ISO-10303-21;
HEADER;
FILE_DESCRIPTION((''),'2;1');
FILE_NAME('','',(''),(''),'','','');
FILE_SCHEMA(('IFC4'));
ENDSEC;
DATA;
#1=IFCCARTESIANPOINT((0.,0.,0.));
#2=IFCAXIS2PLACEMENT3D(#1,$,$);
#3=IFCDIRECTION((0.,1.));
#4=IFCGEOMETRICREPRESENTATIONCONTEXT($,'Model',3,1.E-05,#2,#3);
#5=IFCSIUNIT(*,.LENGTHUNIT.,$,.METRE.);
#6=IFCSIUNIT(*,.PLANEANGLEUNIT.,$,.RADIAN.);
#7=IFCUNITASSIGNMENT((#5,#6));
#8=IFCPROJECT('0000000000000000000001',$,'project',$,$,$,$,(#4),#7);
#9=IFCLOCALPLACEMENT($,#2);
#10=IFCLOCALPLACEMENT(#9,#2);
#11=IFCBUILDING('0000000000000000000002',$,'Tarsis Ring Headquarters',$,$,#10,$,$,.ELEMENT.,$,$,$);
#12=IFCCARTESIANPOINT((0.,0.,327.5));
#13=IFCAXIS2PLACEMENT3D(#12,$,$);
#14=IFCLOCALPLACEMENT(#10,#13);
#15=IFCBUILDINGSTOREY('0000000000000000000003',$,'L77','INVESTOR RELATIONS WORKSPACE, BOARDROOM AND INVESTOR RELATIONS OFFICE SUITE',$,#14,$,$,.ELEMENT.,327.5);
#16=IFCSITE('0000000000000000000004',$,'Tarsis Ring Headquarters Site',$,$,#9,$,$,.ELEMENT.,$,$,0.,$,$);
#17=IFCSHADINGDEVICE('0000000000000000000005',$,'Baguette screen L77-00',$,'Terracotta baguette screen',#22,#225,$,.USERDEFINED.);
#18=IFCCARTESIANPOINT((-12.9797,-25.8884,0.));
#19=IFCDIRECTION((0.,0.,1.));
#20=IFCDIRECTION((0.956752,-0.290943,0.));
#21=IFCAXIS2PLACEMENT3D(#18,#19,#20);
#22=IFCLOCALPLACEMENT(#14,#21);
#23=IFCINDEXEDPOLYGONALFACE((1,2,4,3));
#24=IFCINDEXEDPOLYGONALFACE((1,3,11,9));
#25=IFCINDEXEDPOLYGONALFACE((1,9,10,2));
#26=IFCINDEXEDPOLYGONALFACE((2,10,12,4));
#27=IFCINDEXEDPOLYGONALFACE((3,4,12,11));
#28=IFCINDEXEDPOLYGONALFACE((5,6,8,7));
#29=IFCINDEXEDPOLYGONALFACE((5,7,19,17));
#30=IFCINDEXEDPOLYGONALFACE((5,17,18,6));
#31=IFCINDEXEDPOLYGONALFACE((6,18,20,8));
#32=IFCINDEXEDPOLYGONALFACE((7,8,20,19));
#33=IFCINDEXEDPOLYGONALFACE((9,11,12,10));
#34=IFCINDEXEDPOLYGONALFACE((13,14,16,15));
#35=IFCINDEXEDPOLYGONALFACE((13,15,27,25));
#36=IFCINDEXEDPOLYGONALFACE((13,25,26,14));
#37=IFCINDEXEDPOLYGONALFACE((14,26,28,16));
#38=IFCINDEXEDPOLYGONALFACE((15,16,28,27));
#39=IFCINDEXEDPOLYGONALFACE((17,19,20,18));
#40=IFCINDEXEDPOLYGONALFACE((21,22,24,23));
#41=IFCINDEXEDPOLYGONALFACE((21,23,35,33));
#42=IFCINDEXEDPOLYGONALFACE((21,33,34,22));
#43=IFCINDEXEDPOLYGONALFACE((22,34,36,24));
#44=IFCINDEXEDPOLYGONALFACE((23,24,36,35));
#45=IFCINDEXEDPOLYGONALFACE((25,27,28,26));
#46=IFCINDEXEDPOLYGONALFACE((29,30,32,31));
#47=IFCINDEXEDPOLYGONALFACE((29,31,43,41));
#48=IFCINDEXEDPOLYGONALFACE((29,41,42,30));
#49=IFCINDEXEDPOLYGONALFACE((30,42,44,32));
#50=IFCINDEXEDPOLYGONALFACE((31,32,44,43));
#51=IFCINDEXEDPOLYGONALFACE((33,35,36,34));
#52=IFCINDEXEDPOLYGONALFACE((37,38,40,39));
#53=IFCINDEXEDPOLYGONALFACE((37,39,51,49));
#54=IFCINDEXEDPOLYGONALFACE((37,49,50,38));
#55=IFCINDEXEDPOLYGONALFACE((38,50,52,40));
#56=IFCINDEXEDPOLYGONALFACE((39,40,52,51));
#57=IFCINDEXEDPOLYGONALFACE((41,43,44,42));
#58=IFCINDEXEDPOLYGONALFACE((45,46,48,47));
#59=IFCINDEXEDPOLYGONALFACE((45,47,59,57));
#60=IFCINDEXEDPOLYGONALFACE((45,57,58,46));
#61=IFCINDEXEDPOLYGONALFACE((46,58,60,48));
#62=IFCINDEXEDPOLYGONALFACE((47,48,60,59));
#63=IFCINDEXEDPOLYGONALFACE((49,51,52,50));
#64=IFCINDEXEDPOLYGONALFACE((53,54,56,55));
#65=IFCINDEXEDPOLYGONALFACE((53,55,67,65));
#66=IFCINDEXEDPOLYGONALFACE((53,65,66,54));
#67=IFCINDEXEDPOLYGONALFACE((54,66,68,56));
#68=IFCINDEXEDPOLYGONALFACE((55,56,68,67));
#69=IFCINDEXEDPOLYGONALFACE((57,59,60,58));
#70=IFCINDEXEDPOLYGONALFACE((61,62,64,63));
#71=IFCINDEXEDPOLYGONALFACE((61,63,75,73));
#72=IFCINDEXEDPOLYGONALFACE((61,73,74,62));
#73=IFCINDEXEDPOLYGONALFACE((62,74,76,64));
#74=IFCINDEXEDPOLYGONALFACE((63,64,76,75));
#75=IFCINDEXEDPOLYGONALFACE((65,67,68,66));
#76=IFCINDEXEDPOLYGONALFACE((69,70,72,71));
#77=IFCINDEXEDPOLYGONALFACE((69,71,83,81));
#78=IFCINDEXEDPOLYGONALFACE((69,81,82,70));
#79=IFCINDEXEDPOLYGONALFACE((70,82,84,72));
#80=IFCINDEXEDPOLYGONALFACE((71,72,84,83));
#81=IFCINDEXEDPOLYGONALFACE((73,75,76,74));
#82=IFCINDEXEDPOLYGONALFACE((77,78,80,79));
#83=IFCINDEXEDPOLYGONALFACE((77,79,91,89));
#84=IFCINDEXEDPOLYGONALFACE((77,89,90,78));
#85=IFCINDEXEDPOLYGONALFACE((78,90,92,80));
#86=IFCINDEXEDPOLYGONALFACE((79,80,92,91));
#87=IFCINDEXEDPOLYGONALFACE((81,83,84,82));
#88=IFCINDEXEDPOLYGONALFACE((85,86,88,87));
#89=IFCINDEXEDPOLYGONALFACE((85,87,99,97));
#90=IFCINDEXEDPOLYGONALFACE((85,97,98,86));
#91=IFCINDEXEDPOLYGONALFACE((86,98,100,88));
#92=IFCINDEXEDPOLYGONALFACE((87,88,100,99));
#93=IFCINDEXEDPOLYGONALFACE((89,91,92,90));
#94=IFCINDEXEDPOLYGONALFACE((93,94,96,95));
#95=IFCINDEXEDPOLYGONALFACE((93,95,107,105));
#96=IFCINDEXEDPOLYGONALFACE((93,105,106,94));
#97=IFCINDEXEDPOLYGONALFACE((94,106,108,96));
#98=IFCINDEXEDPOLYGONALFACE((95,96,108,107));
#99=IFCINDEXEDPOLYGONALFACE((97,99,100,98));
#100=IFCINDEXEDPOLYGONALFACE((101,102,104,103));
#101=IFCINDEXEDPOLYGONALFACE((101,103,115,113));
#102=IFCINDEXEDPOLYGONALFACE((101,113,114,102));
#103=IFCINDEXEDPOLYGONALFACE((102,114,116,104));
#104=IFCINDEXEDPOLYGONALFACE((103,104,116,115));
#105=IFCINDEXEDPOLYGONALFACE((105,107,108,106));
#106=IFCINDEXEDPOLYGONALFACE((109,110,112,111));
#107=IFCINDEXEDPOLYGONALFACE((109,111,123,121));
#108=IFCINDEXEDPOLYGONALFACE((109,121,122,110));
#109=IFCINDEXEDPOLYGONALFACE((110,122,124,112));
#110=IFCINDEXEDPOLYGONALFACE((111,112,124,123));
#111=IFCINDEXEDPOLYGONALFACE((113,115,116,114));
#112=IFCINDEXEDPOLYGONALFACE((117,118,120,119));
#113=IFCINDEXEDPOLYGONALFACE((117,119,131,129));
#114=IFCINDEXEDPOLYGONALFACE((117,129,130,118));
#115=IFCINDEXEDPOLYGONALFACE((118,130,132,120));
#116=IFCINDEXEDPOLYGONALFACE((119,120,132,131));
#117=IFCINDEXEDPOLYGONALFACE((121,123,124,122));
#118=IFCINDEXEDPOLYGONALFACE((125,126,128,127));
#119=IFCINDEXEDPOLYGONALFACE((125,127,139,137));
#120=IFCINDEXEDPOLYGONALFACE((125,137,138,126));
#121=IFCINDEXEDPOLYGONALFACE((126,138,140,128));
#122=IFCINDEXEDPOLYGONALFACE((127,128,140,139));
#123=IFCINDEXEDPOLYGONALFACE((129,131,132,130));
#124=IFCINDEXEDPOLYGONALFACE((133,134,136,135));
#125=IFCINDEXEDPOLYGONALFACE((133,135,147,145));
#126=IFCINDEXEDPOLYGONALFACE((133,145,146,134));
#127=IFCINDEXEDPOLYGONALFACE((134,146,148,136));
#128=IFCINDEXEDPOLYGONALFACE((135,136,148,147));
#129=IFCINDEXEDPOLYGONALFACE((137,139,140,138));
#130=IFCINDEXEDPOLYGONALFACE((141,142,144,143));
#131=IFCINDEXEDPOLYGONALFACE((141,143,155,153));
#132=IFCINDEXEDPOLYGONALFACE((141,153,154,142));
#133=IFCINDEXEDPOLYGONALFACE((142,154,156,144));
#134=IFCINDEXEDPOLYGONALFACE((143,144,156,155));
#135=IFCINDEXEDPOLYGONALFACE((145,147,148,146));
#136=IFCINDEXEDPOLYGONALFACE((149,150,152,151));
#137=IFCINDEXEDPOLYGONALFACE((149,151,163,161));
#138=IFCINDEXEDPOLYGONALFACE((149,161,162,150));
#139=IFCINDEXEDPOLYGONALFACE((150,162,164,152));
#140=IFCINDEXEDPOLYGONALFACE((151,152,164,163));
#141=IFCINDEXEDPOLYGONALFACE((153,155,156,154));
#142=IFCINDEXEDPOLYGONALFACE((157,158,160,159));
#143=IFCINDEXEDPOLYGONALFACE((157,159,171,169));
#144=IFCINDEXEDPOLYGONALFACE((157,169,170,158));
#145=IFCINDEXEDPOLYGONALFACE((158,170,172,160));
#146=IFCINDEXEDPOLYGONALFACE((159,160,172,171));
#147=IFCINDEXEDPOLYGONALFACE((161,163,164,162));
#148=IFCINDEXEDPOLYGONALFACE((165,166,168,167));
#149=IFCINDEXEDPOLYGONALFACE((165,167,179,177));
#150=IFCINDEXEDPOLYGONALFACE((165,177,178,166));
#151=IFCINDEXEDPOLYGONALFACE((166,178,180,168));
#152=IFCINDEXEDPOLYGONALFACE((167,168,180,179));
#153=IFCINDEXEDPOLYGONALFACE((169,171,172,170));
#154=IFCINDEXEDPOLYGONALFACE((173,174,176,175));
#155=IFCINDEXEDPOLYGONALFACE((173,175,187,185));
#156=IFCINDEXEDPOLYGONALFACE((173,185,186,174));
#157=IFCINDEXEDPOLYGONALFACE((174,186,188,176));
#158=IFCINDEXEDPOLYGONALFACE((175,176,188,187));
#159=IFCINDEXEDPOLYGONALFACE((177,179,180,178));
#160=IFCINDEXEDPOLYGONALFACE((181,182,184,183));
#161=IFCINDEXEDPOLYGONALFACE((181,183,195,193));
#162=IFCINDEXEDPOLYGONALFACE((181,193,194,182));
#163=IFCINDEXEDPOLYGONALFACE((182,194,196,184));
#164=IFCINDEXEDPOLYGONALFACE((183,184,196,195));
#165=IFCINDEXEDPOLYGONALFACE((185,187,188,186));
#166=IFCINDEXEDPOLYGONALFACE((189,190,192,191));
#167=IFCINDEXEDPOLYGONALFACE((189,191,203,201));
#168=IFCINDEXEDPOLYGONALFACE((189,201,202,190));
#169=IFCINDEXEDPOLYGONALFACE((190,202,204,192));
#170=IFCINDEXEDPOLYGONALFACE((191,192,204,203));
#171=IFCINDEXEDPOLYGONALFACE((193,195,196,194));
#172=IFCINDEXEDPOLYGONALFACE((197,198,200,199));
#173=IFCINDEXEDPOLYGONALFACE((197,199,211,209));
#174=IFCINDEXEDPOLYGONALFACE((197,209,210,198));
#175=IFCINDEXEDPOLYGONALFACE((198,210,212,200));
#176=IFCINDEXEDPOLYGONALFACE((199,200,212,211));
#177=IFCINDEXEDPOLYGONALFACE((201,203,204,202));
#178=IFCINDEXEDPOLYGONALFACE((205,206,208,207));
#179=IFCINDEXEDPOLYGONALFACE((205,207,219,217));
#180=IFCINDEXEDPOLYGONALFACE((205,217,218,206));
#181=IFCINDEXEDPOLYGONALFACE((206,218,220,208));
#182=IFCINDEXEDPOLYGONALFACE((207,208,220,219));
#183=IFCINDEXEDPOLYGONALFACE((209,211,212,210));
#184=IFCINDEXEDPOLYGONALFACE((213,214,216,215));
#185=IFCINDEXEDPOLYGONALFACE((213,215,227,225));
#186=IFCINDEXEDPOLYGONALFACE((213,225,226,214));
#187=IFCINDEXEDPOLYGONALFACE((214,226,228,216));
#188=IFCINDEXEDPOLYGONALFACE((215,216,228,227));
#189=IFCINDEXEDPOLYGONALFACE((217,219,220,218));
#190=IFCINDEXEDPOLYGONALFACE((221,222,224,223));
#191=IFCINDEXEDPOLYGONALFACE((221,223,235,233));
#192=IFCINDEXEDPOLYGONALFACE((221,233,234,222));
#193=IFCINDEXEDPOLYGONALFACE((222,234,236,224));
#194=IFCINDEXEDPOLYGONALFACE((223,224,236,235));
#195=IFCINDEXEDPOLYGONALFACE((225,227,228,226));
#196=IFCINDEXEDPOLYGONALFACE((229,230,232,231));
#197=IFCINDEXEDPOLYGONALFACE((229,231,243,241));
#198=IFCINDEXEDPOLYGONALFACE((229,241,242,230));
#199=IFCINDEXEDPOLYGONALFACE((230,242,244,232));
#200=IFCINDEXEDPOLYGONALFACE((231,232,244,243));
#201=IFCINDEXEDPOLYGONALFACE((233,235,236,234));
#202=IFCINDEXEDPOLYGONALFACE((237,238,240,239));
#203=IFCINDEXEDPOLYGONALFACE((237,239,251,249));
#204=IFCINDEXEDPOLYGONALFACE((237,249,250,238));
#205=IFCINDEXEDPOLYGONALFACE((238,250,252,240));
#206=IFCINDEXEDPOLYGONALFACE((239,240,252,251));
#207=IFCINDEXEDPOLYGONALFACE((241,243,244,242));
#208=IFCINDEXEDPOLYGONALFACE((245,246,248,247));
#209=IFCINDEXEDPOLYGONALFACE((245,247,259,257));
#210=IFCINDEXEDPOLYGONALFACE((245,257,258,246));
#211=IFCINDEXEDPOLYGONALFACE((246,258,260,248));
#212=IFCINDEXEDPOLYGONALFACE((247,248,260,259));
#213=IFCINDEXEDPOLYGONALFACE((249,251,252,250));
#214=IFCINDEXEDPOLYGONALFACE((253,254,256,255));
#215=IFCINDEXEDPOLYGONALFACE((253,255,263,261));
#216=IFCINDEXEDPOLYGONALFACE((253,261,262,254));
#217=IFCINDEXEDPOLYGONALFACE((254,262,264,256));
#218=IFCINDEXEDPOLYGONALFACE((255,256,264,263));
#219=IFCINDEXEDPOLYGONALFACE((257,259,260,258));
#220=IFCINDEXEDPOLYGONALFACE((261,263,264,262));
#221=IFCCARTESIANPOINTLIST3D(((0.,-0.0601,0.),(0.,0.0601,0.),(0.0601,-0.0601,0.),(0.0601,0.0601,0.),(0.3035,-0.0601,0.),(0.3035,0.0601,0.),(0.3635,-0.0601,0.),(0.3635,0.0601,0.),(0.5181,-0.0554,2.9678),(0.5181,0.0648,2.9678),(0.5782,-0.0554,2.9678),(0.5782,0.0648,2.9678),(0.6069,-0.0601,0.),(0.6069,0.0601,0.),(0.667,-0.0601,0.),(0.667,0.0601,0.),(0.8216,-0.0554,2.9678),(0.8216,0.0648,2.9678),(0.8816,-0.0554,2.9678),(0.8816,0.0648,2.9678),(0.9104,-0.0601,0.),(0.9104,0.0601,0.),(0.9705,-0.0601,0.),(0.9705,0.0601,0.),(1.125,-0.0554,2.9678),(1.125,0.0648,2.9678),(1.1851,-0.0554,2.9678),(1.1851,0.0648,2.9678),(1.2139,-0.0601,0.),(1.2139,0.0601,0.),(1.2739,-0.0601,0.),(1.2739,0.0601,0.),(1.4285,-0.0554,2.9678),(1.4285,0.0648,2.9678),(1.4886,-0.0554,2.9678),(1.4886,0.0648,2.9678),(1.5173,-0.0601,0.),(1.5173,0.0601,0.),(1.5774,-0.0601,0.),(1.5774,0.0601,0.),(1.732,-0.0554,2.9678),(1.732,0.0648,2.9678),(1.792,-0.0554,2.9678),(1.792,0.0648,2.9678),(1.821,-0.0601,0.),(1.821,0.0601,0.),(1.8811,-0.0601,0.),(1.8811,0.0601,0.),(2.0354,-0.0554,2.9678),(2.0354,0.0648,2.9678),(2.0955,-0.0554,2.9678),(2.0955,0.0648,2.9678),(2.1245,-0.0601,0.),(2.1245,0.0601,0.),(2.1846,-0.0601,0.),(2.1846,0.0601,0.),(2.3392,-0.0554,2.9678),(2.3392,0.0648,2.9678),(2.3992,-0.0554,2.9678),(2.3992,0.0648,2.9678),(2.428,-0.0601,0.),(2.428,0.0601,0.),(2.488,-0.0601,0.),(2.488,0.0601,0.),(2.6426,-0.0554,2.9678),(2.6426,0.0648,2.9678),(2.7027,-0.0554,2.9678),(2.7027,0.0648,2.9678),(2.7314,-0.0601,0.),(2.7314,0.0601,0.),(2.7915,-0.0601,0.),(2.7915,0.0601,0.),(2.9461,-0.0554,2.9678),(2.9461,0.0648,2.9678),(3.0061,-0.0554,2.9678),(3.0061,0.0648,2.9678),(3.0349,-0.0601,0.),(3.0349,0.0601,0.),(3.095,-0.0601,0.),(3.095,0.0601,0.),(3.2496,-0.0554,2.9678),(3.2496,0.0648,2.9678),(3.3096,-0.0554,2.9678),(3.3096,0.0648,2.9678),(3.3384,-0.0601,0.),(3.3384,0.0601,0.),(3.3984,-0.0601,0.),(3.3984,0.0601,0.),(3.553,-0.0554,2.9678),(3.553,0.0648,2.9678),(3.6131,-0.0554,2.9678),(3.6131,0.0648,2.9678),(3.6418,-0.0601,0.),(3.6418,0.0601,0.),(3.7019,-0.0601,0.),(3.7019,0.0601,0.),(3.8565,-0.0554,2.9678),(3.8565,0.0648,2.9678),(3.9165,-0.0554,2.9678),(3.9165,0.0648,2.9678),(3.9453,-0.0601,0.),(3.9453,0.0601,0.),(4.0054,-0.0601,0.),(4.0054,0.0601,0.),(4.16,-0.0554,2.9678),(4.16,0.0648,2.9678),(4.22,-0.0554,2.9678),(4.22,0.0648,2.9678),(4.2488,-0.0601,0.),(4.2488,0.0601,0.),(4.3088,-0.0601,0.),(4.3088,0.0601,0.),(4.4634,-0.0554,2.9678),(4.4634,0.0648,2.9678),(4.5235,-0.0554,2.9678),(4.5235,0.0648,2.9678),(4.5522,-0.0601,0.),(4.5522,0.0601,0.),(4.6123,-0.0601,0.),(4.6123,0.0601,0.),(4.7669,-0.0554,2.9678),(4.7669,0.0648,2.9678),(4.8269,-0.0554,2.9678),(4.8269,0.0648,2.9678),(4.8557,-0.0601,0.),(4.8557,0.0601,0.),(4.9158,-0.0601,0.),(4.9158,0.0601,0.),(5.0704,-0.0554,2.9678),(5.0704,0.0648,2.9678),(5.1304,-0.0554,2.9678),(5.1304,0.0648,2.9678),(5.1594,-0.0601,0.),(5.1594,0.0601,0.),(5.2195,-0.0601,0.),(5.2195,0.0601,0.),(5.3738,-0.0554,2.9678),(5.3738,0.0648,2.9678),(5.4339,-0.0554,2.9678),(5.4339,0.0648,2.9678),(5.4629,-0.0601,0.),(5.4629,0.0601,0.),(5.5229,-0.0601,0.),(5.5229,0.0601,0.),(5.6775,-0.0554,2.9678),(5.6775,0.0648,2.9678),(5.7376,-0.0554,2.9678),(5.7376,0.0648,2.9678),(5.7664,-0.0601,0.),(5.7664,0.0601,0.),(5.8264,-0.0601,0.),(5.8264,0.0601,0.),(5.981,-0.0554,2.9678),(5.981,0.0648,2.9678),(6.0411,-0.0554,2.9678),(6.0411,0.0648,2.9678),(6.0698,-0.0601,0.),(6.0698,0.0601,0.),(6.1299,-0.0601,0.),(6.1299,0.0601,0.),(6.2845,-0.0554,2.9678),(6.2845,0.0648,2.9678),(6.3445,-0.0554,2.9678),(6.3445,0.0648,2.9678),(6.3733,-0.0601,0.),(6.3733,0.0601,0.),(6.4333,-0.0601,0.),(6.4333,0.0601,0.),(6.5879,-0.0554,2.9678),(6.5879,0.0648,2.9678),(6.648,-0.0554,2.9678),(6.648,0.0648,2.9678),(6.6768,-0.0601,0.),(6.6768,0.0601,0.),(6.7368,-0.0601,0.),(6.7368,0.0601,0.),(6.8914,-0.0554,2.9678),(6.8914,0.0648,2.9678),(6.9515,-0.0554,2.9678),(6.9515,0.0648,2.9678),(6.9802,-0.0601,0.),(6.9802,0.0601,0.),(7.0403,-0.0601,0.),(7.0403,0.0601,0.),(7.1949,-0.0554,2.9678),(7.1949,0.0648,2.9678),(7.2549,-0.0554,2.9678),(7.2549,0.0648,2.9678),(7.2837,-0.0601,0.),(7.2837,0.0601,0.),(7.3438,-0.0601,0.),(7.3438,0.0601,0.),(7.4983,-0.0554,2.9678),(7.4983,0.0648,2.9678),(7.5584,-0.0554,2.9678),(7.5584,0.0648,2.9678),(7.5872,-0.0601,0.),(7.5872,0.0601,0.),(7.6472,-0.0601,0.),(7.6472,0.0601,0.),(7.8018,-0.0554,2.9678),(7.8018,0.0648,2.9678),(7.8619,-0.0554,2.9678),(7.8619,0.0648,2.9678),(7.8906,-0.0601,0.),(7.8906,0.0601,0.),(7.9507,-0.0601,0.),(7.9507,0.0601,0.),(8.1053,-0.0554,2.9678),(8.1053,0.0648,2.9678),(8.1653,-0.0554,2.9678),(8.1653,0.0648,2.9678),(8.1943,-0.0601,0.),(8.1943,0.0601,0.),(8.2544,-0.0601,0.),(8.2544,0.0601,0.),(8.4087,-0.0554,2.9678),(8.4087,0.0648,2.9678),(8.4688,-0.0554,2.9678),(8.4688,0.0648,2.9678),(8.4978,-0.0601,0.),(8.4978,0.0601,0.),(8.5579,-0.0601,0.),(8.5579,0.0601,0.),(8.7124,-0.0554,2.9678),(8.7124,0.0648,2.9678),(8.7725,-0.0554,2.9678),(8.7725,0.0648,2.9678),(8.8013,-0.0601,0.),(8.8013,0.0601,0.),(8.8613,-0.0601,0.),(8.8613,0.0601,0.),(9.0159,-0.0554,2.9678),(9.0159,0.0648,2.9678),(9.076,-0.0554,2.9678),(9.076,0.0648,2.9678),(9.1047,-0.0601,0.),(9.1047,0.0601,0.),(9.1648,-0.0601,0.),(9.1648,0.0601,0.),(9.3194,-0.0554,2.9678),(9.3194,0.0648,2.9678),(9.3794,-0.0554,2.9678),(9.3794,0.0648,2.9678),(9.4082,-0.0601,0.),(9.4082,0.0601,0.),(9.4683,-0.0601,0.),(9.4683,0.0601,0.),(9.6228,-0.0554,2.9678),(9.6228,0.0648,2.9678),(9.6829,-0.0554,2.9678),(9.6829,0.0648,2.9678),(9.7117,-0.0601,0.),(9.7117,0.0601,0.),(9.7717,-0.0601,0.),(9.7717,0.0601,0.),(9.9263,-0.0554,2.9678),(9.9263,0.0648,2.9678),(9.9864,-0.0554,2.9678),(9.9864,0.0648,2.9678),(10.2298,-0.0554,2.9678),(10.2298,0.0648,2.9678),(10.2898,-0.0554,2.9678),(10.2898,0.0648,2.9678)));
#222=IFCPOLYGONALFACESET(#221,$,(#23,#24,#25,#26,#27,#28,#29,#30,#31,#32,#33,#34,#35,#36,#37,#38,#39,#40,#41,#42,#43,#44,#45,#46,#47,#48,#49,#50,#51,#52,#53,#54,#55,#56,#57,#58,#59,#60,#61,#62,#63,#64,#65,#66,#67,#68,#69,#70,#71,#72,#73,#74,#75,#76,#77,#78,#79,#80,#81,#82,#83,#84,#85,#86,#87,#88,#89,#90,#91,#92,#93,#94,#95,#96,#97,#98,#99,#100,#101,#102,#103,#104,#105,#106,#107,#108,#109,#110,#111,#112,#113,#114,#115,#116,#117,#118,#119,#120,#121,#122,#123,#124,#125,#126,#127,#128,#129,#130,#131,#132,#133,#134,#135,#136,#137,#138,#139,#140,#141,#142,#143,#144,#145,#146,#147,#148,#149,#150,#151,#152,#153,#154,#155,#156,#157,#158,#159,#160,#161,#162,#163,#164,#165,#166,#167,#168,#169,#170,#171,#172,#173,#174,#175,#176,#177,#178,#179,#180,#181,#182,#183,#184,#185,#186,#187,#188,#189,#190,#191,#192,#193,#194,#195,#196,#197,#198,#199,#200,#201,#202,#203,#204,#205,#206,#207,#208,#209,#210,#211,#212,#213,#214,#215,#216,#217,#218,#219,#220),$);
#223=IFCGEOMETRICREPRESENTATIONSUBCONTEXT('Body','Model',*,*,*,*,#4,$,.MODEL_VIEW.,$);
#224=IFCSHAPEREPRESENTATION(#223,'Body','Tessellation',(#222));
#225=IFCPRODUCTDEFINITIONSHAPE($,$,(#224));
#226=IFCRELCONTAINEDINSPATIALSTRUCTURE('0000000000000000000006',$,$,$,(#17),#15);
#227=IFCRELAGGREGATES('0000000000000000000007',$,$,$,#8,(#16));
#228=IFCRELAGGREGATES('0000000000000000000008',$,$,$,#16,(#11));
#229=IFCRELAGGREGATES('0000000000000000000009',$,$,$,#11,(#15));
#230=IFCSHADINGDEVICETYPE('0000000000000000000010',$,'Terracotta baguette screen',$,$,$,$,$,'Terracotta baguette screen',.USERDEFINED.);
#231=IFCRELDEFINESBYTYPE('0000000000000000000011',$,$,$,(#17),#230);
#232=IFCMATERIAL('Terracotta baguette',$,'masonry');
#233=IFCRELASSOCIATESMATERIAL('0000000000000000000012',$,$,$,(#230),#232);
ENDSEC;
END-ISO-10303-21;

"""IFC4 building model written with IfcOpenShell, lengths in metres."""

from ifc_helpers import new_model, si_unit, direction, frame, frame_2d, origin, place, context, subcontext, project, spatial, rectangle, composite_profile, extrude, material, type_object, element, save


model = new_model("IFC4")

# Units and contexts
model_context = context("Model", 3, precision=1e-05, world=origin(), true_north=direction((0.0, 1.0)))
body_context = subcontext(model_context, "Body", "Model", "MODEL_VIEW")
ifc_project = project(units=[si_unit("LENGTHUNIT", "METRE"), si_unit("PLANEANGLEUNIT", "RADIAN")], contexts=[model_context])

# Site, building, storey
site_placement = place(None, origin())
site = spatial("IfcSite", under=ifc_project, at=site_placement, Name="Tarsis Ring Headquarters Site", CompositionType="ELEMENT", RefElevation=0.0)
building_placement = place(site_placement, origin())
building = spatial("IfcBuilding", under=site, at=building_placement, Name="Tarsis Ring Headquarters", CompositionType="ELEMENT")
storey_placement = place(building_placement, frame((0.0, 0.0, 327.5)))
storey = spatial("IfcBuildingStorey", under=building, at=storey_placement, Name="L77", Description="INVESTOR RELATIONS WORKSPACE, BOARDROOM AND INVESTOR RELATIONS OFFICE SUITE", CompositionType="ELEMENT", Elevation=327.5)

# Shading device
ifc_material_1 = material(Name="Terracotta baguette", Category="masonry")
shading_device_type = type_object("IfcShadingDeviceType", Name="Terracotta baguette screen", ElementType="Terracotta baguette screen", PredefinedType="USERDEFINED", material=ifc_material_1)
shading_device_1_placement = place(storey_placement, frame((-12.9797, -25.8884, 0.0), z_axis=(0.0, 0.0, 1.0), x_axis=(0.956752, -0.290943, 0.0)))
element("IfcShadingDevice", 1, at=shading_device_1_placement, inside=storey, type_object=shading_device_type, Name="Baguette screen L77-00", ObjectType="Terracotta baguette screen", PredefinedType="USERDEFINED", context=body_context, shape_type="SweptSolid", body=[
    extrude(composite_profile([rectangle(XDim=0.0601, YDim=0.1201, at=frame_2d((0.03, 0.0))), rectangle(XDim=0.0601, YDim=0.1201, at=frame_2d((0.3335, 0.0))), rectangle(XDim=0.0601, YDim=0.1201, at=frame_2d((0.637, 0.0))), rectangle(XDim=0.0601, YDim=0.1201, at=frame_2d((0.9404, 0.0))), rectangle(XDim=0.0601, YDim=0.1201, at=frame_2d((1.2439, 0.0))), rectangle(XDim=0.0601, YDim=0.1201, at=frame_2d((1.5474, 0.0))), rectangle(XDim=0.0601, YDim=0.1201, at=frame_2d((1.8511, 0.0))), rectangle(XDim=0.0601, YDim=0.1201, at=frame_2d((2.1545, 0.0))), rectangle(XDim=0.0601, YDim=0.1201, at=frame_2d((2.458, 0.0))), rectangle(XDim=0.0601, YDim=0.1201, at=frame_2d((2.7615, 0.0))), rectangle(XDim=0.0601, YDim=0.1201, at=frame_2d((3.0649, 0.0))), rectangle(XDim=0.0601, YDim=0.1201, at=frame_2d((3.3684, 0.0))), rectangle(XDim=0.0601, YDim=0.1201, at=frame_2d((3.6719, 0.0))), rectangle(XDim=0.0601, YDim=0.1201, at=frame_2d((3.9753, 0.0))), rectangle(XDim=0.0601, YDim=0.1201, at=frame_2d((4.2788, 0.0))), rectangle(XDim=0.0601, YDim=0.1201, at=frame_2d((4.5823, 0.0))), rectangle(XDim=0.0601, YDim=0.1201, at=frame_2d((4.8857, 0.0))), rectangle(XDim=0.0601, YDim=0.1201, at=frame_2d((5.1895, 0.0))), rectangle(XDim=0.0601, YDim=0.1201, at=frame_2d((5.4929, 0.0))), rectangle(XDim=0.0601, YDim=0.1201, at=frame_2d((5.7964, 0.0))), rectangle(XDim=0.0601, YDim=0.1201, at=frame_2d((6.0999, 0.0))), rectangle(XDim=0.0601, YDim=0.1201, at=frame_2d((6.4033, 0.0))), rectangle(XDim=0.0601, YDim=0.1201, at=frame_2d((6.7068, 0.0))), rectangle(XDim=0.0601, YDim=0.1201, at=frame_2d((7.0103, 0.0))), rectangle(XDim=0.0601, YDim=0.1201, at=frame_2d((7.3137, 0.0))), rectangle(XDim=0.0601, YDim=0.1201, at=frame_2d((7.6172, 0.0))), rectangle(XDim=0.0601, YDim=0.1201, at=frame_2d((7.9207, 0.0))), rectangle(XDim=0.0601, YDim=0.1201, at=frame_2d((8.2244, 0.0))), rectangle(XDim=0.0601, YDim=0.1201, at=frame_2d((8.5278, 0.0))), rectangle(XDim=0.0601, YDim=0.1201, at=frame_2d((8.8313, 0.0))), rectangle(XDim=0.0601, YDim=0.1201, at=frame_2d((9.1348, 0.0))), rectangle(XDim=0.0601, YDim=0.1201, at=frame_2d((9.4382, 0.0))), rectangle(XDim=0.0601, YDim=0.1201, at=frame_2d((9.7417, 0.0)))]), origin(), (0.171976, 0.001558, 0.9851), 3.0127),
])

save(model, "model.ifc")
